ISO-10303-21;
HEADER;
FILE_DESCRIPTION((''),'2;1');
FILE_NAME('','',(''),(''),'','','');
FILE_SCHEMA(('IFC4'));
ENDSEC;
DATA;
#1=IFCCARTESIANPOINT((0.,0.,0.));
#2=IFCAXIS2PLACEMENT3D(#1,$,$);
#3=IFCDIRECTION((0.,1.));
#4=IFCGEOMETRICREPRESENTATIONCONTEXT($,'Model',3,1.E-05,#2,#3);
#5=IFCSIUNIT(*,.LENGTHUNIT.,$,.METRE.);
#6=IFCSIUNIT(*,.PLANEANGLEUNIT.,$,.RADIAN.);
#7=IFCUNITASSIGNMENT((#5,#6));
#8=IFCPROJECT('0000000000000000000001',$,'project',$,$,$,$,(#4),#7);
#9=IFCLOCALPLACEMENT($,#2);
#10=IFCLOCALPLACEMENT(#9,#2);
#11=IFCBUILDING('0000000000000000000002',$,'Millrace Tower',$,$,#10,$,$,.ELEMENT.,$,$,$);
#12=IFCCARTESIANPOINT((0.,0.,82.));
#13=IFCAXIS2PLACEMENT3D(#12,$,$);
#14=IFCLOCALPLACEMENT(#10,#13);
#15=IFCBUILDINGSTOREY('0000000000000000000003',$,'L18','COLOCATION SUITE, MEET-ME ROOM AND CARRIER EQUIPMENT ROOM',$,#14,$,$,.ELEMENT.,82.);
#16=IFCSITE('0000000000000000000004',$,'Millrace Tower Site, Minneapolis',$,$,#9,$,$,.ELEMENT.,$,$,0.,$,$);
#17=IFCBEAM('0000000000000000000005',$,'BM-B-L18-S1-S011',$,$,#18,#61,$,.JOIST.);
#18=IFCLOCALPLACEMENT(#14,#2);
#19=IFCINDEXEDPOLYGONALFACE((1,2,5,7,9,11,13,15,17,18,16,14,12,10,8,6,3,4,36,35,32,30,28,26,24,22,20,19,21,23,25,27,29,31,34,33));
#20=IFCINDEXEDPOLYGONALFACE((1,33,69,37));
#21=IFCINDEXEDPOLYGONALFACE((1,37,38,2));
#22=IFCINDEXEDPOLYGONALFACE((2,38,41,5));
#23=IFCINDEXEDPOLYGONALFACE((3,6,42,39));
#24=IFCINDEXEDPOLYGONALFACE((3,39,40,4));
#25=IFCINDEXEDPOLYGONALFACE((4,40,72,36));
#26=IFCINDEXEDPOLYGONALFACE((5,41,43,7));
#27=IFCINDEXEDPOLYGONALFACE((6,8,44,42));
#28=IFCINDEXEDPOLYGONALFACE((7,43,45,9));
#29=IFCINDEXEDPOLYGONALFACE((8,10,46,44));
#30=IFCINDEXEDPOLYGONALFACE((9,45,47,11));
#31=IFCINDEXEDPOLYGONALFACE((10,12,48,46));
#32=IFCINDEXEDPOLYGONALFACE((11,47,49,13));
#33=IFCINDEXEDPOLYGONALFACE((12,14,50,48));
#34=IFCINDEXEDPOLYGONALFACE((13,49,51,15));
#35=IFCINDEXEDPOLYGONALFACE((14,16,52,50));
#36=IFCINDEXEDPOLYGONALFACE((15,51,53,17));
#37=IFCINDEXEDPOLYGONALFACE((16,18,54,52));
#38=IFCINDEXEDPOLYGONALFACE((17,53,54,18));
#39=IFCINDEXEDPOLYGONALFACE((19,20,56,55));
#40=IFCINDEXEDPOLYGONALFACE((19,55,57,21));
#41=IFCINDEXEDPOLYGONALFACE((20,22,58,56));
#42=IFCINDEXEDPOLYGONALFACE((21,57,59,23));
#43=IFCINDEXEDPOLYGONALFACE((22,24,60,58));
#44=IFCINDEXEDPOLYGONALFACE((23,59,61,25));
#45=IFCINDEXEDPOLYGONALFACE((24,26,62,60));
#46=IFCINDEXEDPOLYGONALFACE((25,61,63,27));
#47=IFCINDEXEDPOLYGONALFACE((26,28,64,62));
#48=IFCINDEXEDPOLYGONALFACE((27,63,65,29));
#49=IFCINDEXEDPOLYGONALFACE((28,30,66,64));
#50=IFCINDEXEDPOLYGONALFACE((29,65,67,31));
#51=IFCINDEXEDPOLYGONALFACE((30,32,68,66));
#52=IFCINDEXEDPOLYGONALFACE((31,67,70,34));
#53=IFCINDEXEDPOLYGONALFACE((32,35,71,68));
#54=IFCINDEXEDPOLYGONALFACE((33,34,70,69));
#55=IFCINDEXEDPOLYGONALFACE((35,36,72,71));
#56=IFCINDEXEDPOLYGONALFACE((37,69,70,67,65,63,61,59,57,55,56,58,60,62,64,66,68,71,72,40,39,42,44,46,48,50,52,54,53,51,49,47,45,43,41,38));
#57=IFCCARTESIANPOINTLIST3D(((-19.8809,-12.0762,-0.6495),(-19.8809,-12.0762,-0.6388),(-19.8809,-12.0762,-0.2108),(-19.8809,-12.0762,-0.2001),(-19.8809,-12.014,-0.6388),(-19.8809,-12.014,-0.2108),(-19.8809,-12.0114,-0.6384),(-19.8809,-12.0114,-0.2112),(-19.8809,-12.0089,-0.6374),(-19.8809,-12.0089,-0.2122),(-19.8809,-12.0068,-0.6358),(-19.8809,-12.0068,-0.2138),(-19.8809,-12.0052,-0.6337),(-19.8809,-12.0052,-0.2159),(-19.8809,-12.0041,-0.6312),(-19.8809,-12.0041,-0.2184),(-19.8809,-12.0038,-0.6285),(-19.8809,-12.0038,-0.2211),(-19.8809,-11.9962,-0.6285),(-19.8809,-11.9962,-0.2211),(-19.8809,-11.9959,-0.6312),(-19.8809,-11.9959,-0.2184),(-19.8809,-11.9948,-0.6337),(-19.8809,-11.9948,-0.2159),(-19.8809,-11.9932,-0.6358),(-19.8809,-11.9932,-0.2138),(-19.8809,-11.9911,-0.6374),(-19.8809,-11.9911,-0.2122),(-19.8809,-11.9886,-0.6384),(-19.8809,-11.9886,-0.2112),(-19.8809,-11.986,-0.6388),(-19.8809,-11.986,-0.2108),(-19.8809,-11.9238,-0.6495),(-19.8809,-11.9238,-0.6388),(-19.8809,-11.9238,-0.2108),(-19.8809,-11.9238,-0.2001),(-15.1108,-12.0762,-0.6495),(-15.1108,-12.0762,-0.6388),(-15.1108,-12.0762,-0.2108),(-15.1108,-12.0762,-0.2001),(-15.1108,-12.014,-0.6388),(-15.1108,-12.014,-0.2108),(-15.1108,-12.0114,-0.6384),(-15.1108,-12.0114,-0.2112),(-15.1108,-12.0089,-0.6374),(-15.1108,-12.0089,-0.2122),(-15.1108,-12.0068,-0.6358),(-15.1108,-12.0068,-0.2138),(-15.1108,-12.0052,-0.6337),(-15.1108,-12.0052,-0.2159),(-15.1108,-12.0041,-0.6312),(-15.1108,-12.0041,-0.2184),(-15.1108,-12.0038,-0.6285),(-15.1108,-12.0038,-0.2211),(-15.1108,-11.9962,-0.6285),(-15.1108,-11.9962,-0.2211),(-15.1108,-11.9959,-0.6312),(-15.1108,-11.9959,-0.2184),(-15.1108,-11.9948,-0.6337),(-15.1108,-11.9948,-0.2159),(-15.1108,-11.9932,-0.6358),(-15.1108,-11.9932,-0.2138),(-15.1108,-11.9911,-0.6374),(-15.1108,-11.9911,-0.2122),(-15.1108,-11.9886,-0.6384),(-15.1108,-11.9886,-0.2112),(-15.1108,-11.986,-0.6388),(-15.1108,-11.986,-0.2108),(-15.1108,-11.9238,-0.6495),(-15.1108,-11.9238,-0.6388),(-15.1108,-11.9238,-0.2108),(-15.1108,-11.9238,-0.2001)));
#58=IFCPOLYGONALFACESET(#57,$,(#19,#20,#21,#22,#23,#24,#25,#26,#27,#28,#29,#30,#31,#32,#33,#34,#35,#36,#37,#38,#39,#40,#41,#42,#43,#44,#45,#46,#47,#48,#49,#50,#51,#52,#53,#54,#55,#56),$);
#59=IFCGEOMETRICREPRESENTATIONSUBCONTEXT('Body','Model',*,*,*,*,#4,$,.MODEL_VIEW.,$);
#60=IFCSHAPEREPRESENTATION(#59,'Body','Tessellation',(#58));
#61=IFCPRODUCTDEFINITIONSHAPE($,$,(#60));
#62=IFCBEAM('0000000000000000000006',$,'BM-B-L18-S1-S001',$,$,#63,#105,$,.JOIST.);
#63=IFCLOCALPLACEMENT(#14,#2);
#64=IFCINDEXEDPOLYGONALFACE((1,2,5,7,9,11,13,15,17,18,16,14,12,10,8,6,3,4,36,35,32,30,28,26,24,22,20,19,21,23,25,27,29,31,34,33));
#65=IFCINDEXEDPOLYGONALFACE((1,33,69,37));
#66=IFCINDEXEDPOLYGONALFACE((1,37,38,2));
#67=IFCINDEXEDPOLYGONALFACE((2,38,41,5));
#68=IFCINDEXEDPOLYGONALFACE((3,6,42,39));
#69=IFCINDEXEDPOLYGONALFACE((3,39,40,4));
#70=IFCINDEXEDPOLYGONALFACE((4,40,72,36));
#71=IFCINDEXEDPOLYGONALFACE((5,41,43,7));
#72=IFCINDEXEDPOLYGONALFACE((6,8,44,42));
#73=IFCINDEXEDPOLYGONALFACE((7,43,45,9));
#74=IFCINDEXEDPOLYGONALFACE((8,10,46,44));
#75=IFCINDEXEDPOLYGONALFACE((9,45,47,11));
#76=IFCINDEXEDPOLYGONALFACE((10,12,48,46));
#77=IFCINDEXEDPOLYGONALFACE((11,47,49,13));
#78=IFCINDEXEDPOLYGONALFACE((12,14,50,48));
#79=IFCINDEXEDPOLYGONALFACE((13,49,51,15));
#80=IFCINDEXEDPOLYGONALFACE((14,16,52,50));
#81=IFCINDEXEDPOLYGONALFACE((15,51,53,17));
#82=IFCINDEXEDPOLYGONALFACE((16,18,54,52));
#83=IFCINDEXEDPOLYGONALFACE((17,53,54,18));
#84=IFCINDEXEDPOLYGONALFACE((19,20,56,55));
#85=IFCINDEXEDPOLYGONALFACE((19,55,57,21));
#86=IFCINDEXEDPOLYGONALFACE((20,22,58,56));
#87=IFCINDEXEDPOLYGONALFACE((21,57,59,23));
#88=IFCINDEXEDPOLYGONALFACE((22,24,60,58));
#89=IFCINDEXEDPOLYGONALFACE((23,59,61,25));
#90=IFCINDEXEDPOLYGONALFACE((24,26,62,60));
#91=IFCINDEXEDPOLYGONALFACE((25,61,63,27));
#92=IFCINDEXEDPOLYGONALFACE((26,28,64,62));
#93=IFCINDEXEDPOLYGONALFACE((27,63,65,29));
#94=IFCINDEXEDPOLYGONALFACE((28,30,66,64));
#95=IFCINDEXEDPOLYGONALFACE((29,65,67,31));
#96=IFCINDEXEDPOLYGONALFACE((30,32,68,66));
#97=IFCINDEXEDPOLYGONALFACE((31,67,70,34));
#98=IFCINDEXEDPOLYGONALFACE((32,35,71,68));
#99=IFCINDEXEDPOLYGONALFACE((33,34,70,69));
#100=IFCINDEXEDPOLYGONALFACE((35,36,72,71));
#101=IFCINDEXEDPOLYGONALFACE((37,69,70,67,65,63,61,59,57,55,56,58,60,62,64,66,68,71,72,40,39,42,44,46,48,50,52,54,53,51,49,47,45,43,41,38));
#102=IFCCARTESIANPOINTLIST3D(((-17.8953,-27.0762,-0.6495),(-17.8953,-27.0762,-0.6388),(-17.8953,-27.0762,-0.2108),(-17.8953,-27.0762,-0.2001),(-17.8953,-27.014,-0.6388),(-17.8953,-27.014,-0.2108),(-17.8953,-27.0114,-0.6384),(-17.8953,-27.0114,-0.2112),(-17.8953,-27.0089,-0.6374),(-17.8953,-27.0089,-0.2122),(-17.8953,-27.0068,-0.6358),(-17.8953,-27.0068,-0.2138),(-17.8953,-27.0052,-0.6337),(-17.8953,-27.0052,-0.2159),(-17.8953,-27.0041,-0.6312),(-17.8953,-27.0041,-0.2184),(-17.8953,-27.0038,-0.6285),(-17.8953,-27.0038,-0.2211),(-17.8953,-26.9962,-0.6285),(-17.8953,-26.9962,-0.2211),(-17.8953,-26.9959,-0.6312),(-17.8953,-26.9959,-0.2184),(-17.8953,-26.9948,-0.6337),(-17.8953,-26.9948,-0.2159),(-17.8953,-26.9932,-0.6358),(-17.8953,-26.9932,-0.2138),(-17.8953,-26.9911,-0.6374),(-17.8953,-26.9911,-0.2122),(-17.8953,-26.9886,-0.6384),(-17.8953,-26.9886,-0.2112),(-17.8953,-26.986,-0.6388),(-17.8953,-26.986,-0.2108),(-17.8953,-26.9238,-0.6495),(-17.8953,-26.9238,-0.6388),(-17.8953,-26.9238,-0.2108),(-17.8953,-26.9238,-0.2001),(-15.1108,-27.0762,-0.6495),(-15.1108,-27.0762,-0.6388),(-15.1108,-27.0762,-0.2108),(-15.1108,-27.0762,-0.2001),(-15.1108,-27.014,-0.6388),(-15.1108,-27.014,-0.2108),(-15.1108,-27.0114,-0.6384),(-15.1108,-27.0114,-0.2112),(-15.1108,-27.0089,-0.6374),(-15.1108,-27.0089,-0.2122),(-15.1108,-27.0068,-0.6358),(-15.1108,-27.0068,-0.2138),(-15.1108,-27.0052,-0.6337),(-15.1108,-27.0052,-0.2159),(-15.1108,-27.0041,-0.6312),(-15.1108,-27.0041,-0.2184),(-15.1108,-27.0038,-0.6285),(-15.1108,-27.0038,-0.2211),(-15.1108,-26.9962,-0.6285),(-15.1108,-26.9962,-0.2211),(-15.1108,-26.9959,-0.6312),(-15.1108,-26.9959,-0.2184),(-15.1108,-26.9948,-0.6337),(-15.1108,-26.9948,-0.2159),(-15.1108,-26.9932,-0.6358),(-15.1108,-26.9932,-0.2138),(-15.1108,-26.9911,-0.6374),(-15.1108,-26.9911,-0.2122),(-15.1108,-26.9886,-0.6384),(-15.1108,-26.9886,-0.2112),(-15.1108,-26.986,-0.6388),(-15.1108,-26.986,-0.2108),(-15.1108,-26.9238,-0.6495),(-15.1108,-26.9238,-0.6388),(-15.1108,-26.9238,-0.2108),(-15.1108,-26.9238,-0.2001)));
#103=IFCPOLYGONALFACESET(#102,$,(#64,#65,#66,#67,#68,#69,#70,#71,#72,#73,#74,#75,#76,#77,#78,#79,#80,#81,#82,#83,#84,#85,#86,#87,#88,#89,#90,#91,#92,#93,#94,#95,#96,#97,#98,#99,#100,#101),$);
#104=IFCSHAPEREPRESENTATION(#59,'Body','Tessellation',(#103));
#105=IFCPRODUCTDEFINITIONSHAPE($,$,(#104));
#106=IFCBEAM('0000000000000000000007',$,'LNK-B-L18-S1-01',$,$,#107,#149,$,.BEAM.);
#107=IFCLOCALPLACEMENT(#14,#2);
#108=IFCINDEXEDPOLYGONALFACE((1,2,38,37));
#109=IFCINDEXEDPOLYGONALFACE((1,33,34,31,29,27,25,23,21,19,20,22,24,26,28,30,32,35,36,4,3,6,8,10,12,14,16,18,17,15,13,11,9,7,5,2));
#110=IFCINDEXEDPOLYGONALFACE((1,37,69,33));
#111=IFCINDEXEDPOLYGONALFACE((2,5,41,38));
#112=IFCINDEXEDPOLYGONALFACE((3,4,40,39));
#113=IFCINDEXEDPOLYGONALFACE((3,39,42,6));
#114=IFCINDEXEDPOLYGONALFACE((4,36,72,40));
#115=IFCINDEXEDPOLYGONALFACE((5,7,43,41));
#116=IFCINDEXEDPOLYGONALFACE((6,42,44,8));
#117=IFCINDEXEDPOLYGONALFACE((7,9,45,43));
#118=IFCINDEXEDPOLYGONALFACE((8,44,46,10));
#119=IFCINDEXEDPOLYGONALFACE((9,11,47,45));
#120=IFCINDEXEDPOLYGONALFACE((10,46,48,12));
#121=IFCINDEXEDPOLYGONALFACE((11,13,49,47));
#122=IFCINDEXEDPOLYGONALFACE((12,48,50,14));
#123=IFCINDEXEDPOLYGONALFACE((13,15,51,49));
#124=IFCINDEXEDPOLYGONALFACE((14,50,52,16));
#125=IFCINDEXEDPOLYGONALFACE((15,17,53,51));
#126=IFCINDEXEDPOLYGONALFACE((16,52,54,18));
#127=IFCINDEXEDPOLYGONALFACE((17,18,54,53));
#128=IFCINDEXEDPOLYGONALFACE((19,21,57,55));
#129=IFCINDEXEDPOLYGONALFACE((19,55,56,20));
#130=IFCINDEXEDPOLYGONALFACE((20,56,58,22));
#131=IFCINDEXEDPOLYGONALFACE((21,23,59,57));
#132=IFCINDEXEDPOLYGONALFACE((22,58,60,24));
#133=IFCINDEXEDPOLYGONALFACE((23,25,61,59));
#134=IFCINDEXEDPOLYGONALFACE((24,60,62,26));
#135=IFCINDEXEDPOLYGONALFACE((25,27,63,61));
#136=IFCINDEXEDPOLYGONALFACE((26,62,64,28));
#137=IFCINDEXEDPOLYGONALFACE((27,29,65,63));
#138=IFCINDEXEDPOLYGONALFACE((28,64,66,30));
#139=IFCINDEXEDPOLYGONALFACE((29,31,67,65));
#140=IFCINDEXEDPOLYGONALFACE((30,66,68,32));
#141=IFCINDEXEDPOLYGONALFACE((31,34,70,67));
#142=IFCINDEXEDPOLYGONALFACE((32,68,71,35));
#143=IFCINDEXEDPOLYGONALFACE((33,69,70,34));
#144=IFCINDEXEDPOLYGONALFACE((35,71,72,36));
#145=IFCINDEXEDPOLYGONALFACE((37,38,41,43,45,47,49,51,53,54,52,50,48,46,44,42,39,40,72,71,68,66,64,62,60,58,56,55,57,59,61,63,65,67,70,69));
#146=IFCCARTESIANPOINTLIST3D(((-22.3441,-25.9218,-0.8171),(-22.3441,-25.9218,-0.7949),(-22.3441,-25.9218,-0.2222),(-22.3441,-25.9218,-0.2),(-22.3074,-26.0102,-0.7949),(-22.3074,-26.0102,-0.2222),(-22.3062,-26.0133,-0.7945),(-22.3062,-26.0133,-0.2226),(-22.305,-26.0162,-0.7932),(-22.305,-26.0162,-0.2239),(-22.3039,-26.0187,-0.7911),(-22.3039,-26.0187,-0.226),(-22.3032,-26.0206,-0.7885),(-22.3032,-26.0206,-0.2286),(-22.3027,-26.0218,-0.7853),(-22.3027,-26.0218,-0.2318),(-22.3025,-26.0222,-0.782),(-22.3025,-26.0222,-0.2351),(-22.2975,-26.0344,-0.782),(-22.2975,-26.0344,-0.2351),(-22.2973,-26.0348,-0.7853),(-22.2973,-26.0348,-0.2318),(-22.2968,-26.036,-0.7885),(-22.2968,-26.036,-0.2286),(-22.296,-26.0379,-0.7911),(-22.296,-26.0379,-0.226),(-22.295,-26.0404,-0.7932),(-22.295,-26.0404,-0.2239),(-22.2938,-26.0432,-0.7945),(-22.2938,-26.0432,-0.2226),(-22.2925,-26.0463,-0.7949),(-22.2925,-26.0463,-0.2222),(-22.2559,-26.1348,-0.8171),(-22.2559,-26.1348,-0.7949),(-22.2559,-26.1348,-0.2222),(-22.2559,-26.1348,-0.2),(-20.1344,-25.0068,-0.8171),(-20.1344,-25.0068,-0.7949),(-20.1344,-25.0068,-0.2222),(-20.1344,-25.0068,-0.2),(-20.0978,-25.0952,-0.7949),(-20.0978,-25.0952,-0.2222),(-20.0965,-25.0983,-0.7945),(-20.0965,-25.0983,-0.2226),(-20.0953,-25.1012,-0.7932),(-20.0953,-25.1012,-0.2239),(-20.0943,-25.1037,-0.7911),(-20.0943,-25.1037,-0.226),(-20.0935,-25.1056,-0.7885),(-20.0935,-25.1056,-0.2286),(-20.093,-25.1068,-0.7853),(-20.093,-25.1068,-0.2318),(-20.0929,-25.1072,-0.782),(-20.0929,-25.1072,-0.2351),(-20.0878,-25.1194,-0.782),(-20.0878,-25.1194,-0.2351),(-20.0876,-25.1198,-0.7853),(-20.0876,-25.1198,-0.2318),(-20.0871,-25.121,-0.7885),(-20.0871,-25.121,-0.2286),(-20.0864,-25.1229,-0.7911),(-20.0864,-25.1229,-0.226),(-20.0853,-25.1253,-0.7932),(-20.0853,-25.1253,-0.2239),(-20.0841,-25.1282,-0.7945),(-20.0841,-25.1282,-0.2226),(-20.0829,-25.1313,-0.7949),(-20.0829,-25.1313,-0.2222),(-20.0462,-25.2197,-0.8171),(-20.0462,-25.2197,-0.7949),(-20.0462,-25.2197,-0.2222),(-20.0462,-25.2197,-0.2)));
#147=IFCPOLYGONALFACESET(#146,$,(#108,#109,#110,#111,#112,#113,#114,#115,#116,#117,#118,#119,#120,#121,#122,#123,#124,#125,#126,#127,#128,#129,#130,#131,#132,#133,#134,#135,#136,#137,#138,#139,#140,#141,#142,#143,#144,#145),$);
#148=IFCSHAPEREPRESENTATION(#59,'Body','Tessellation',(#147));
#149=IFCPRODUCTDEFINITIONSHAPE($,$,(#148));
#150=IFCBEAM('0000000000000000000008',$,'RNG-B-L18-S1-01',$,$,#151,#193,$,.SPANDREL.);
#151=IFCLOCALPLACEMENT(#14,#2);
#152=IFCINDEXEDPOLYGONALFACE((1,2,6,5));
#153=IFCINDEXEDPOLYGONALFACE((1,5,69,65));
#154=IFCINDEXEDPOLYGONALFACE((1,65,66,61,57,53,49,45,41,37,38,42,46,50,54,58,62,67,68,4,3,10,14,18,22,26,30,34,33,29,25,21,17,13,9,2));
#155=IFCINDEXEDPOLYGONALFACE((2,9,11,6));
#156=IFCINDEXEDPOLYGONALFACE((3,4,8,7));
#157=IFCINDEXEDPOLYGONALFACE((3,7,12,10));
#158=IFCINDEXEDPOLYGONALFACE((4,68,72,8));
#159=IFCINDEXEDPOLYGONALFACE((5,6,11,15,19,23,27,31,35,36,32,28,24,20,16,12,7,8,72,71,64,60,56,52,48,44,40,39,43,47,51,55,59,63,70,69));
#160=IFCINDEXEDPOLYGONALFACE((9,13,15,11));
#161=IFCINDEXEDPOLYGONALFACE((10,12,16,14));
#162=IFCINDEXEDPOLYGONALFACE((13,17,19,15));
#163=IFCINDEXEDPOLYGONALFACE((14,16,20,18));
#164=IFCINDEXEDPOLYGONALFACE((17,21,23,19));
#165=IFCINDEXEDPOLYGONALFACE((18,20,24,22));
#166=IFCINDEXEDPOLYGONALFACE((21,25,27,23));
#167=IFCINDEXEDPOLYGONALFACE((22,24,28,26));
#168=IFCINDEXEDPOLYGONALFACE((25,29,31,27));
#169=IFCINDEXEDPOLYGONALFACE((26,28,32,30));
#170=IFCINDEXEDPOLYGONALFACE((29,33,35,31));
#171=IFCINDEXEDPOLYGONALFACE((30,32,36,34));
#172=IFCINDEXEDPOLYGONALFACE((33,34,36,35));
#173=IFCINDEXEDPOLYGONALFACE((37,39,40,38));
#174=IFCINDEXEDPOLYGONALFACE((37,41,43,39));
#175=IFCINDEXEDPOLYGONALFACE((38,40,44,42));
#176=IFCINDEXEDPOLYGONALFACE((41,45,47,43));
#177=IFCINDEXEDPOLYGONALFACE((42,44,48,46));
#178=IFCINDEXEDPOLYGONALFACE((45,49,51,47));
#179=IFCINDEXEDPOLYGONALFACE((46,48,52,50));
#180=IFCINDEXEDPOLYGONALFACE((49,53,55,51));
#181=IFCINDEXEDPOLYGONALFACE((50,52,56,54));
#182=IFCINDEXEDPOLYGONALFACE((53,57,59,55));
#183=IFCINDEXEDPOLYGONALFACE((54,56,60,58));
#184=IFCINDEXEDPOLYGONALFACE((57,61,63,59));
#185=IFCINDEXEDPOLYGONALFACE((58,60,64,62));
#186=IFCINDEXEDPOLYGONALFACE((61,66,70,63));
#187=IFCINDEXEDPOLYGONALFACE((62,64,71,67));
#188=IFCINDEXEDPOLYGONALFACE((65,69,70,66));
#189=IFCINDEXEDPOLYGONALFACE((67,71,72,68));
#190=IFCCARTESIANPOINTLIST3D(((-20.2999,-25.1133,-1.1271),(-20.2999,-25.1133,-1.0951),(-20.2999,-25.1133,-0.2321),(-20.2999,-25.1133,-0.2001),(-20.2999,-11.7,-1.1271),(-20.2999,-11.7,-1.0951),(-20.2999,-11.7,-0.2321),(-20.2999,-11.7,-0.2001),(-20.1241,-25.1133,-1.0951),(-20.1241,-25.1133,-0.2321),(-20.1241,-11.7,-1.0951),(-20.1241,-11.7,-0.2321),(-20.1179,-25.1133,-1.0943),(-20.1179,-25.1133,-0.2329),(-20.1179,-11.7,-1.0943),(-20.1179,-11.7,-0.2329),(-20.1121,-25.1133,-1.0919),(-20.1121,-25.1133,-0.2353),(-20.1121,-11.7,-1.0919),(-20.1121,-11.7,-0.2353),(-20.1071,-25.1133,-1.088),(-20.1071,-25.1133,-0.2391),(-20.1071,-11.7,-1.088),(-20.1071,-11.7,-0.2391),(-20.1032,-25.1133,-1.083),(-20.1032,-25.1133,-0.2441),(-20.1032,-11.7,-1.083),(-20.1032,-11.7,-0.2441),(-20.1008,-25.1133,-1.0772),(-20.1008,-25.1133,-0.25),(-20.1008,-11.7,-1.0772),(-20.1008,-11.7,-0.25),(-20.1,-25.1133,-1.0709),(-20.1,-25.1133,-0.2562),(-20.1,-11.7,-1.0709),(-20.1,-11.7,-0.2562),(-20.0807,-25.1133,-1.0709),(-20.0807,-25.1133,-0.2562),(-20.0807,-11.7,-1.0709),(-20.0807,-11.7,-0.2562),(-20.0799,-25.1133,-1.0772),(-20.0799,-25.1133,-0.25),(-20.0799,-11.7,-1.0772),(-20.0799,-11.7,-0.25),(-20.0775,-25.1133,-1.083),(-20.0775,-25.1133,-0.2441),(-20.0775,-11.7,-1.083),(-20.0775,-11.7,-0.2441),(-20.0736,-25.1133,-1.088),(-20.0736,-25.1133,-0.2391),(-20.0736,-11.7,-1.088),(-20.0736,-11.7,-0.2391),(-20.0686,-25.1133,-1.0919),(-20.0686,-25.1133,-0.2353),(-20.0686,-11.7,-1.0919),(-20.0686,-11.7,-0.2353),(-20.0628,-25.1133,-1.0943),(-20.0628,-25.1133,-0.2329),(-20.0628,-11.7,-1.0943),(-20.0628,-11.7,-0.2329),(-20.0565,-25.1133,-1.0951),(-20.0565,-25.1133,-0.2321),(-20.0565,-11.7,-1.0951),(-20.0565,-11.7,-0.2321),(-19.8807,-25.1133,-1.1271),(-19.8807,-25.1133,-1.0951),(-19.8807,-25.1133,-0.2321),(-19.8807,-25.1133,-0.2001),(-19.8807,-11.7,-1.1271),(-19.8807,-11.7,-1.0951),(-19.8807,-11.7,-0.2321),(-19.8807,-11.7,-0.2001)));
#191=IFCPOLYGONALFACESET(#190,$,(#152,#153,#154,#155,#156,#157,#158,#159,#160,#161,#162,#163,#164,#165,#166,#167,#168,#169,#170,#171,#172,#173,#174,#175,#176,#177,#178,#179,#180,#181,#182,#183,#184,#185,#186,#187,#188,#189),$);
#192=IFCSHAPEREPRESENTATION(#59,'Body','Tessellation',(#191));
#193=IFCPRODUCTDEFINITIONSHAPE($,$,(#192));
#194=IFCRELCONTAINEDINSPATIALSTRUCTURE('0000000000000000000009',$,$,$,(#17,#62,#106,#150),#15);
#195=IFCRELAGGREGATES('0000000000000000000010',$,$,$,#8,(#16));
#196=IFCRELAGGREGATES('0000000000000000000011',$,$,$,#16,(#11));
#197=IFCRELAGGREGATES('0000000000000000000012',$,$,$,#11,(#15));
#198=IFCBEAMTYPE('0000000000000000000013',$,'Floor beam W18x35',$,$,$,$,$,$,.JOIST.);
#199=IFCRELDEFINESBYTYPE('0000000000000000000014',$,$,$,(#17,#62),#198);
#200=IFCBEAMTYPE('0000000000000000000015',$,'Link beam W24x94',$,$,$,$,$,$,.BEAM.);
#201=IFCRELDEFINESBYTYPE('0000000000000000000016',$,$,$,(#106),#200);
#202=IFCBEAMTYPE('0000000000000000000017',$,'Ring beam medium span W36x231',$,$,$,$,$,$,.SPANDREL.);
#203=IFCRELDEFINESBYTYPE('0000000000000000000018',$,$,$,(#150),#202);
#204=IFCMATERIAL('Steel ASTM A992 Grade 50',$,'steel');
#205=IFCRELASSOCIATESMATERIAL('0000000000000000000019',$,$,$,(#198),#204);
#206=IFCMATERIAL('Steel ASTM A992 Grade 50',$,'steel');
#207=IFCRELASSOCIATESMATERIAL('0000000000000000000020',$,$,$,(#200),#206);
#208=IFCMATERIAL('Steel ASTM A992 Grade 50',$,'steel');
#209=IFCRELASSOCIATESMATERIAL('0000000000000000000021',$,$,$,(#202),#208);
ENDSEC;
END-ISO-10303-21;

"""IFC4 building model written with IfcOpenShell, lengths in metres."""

from ifc_helpers import new_model, si_unit, direction, frame, origin, origin_2d, place, context, subcontext, project, spatial, i_section, extrude, material, material_profile, profile_set, type_object, element, save


model = new_model("IFC4")

# Units and contexts
model_context = context("Model", 3, precision=1e-05, world=origin(), true_north=direction((0.0, 1.0)))
body_context = subcontext(model_context, "Body", "Model", "MODEL_VIEW")
ifc_project = project(units=[si_unit("LENGTHUNIT", "METRE"), si_unit("PLANEANGLEUNIT", "RADIAN")], contexts=[model_context])

# Site, building, storey
site_placement = place(None, origin())
site = spatial("IfcSite", under=ifc_project, at=site_placement, Name="Millrace Tower Site, Minneapolis", CompositionType="ELEMENT", RefElevation=0.0)
building_placement = place(site_placement, origin())
building = spatial("IfcBuilding", under=site, at=building_placement, Name="Millrace Tower", CompositionType="ELEMENT")
storey_placement = place(building_placement, frame((0.0, 0.0, 82.0)))
storey = spatial("IfcBuildingStorey", under=building, at=storey_placement, Name="L18", Description="COLOCATION SUITE, MEET-ME ROOM AND CARRIER EQUIPMENT ROOM", CompositionType="ELEMENT", Elevation=82.0)

# Beams
ifc_material_1 = material(Name="Steel ASTM A992 Grade 50", Category="steel")
ifc_material_profile_1 = material_profile(ifc_material_1, i_section(OverallWidth=0.1523, OverallDepth=0.4495, WebThickness=0.0076, FlangeThickness=0.0107, FilletRadius=0.0103, at=origin_2d()))
ifc_profile_set_1 = profile_set([ifc_material_profile_1], Name="Steel ASTM A992 Grade 50")
beam_type_1 = type_object("IfcBeamType", Name="Floor beam W18x35", PredefinedType="JOIST", material=ifc_profile_set_1)
for number, where, z_axis, x_axis, name in (
    (1, (-19.8809, -12.0, -0.4248), (1.0, 0.0, 0.0), (0.0, 1.0, 0.0), "BM-B-L18-S1-S011"),
):
    element("IfcBeam", number, at=place(storey_placement, frame(where, z_axis=z_axis, x_axis=x_axis)), inside=storey, type_object=beam_type_1, Name=name, PredefinedType="JOIST", context=body_context, shape_type="SweptSolid", body=[
        extrude(i_section(OverallWidth=0.1523, OverallDepth=0.4495, WebThickness=0.0076, FlangeThickness=0.0107, FilletRadius=0.0103, at=origin_2d()), origin(), (0.0, 0.0, 1.0), 4.77),
    ])
beam_1_placement = place(storey_placement, frame((-17.8953, -27.0, -0.4248), z_axis=(1.0, 0.0, 0.0), x_axis=(0.0, 1.0, 0.0)))
element("IfcBeam", 2, at=beam_1_placement, inside=storey, type_object=beam_type_1, Name="BM-B-L18-S1-S001", PredefinedType="JOIST", context=body_context, shape_type="SweptSolid", body=[
    extrude(i_section(OverallWidth=0.1523, OverallDepth=0.4495, WebThickness=0.0076, FlangeThickness=0.0107, FilletRadius=0.0103, at=origin_2d()), origin(), (0.0, 0.0, 1.0), 2.7844),
])
ifc_material_2 = material(Name="Steel ASTM A992 Grade 50", Category="steel")
ifc_material_profile_2 = material_profile(ifc_material_2, i_section(OverallWidth=0.2305, OverallDepth=0.6172, WebThickness=0.0132, FlangeThickness=0.0222, FilletRadius=0.0129, at=origin_2d()))
ifc_profile_set_2 = profile_set([ifc_material_profile_2], Name="Steel ASTM A992 Grade 50")
beam_type_2 = type_object("IfcBeamType", Name="Link beam W24x94", PredefinedType="BEAM", material=ifc_profile_set_2)
beam_2_placement = place(storey_placement, frame((-20.0903, -25.1133, -0.5085), z_axis=(-0.923917, -0.382592, 0.0), x_axis=(0.382592, -0.923917, 0.0)))
element("IfcBeam", 3, at=beam_2_placement, inside=storey, type_object=beam_type_2, Name="LNK-B-L18-S1-01", PredefinedType="BEAM", context=body_context, shape_type="SweptSolid", body=[
    extrude(i_section(OverallWidth=0.2305, OverallDepth=0.6172, WebThickness=0.0132, FlangeThickness=0.0222, FilletRadius=0.0129, at=origin_2d()), origin(), (0.0, 0.0, 1.0), 2.3916),
])
ifc_material_3 = material(Name="Steel ASTM A992 Grade 50", Category="steel")
ifc_material_profile_3 = material_profile(ifc_material_3, i_section(OverallWidth=0.4192, OverallDepth=0.927, WebThickness=0.0193, FlangeThickness=0.032, FilletRadius=0.0242, at=origin_2d()))
ifc_profile_set_3 = profile_set([ifc_material_profile_3], Name="Steel ASTM A992 Grade 50")
beam_type_3 = type_object("IfcBeamType", Name="Ring beam medium span W36x231", PredefinedType="SPANDREL", material=ifc_profile_set_3)
beam_3_placement = place(storey_placement, frame((-20.0903, -25.1133, -0.6636), z_axis=(0.0, 1.0, 0.0), x_axis=(-1.0, 0.0, 0.0)))
element("IfcBeam", 4, at=beam_3_placement, inside=storey, type_object=beam_type_3, Name="RNG-B-L18-S1-01", PredefinedType="SPANDREL", context=body_context, shape_type="SweptSolid", body=[
    extrude(i_section(OverallWidth=0.4192, OverallDepth=0.927, WebThickness=0.0193, FlangeThickness=0.032, FilletRadius=0.0242, at=origin_2d()), origin(), (0.0, 0.0, 1.0), 13.4133),
])

save(model, "model.ifc")
